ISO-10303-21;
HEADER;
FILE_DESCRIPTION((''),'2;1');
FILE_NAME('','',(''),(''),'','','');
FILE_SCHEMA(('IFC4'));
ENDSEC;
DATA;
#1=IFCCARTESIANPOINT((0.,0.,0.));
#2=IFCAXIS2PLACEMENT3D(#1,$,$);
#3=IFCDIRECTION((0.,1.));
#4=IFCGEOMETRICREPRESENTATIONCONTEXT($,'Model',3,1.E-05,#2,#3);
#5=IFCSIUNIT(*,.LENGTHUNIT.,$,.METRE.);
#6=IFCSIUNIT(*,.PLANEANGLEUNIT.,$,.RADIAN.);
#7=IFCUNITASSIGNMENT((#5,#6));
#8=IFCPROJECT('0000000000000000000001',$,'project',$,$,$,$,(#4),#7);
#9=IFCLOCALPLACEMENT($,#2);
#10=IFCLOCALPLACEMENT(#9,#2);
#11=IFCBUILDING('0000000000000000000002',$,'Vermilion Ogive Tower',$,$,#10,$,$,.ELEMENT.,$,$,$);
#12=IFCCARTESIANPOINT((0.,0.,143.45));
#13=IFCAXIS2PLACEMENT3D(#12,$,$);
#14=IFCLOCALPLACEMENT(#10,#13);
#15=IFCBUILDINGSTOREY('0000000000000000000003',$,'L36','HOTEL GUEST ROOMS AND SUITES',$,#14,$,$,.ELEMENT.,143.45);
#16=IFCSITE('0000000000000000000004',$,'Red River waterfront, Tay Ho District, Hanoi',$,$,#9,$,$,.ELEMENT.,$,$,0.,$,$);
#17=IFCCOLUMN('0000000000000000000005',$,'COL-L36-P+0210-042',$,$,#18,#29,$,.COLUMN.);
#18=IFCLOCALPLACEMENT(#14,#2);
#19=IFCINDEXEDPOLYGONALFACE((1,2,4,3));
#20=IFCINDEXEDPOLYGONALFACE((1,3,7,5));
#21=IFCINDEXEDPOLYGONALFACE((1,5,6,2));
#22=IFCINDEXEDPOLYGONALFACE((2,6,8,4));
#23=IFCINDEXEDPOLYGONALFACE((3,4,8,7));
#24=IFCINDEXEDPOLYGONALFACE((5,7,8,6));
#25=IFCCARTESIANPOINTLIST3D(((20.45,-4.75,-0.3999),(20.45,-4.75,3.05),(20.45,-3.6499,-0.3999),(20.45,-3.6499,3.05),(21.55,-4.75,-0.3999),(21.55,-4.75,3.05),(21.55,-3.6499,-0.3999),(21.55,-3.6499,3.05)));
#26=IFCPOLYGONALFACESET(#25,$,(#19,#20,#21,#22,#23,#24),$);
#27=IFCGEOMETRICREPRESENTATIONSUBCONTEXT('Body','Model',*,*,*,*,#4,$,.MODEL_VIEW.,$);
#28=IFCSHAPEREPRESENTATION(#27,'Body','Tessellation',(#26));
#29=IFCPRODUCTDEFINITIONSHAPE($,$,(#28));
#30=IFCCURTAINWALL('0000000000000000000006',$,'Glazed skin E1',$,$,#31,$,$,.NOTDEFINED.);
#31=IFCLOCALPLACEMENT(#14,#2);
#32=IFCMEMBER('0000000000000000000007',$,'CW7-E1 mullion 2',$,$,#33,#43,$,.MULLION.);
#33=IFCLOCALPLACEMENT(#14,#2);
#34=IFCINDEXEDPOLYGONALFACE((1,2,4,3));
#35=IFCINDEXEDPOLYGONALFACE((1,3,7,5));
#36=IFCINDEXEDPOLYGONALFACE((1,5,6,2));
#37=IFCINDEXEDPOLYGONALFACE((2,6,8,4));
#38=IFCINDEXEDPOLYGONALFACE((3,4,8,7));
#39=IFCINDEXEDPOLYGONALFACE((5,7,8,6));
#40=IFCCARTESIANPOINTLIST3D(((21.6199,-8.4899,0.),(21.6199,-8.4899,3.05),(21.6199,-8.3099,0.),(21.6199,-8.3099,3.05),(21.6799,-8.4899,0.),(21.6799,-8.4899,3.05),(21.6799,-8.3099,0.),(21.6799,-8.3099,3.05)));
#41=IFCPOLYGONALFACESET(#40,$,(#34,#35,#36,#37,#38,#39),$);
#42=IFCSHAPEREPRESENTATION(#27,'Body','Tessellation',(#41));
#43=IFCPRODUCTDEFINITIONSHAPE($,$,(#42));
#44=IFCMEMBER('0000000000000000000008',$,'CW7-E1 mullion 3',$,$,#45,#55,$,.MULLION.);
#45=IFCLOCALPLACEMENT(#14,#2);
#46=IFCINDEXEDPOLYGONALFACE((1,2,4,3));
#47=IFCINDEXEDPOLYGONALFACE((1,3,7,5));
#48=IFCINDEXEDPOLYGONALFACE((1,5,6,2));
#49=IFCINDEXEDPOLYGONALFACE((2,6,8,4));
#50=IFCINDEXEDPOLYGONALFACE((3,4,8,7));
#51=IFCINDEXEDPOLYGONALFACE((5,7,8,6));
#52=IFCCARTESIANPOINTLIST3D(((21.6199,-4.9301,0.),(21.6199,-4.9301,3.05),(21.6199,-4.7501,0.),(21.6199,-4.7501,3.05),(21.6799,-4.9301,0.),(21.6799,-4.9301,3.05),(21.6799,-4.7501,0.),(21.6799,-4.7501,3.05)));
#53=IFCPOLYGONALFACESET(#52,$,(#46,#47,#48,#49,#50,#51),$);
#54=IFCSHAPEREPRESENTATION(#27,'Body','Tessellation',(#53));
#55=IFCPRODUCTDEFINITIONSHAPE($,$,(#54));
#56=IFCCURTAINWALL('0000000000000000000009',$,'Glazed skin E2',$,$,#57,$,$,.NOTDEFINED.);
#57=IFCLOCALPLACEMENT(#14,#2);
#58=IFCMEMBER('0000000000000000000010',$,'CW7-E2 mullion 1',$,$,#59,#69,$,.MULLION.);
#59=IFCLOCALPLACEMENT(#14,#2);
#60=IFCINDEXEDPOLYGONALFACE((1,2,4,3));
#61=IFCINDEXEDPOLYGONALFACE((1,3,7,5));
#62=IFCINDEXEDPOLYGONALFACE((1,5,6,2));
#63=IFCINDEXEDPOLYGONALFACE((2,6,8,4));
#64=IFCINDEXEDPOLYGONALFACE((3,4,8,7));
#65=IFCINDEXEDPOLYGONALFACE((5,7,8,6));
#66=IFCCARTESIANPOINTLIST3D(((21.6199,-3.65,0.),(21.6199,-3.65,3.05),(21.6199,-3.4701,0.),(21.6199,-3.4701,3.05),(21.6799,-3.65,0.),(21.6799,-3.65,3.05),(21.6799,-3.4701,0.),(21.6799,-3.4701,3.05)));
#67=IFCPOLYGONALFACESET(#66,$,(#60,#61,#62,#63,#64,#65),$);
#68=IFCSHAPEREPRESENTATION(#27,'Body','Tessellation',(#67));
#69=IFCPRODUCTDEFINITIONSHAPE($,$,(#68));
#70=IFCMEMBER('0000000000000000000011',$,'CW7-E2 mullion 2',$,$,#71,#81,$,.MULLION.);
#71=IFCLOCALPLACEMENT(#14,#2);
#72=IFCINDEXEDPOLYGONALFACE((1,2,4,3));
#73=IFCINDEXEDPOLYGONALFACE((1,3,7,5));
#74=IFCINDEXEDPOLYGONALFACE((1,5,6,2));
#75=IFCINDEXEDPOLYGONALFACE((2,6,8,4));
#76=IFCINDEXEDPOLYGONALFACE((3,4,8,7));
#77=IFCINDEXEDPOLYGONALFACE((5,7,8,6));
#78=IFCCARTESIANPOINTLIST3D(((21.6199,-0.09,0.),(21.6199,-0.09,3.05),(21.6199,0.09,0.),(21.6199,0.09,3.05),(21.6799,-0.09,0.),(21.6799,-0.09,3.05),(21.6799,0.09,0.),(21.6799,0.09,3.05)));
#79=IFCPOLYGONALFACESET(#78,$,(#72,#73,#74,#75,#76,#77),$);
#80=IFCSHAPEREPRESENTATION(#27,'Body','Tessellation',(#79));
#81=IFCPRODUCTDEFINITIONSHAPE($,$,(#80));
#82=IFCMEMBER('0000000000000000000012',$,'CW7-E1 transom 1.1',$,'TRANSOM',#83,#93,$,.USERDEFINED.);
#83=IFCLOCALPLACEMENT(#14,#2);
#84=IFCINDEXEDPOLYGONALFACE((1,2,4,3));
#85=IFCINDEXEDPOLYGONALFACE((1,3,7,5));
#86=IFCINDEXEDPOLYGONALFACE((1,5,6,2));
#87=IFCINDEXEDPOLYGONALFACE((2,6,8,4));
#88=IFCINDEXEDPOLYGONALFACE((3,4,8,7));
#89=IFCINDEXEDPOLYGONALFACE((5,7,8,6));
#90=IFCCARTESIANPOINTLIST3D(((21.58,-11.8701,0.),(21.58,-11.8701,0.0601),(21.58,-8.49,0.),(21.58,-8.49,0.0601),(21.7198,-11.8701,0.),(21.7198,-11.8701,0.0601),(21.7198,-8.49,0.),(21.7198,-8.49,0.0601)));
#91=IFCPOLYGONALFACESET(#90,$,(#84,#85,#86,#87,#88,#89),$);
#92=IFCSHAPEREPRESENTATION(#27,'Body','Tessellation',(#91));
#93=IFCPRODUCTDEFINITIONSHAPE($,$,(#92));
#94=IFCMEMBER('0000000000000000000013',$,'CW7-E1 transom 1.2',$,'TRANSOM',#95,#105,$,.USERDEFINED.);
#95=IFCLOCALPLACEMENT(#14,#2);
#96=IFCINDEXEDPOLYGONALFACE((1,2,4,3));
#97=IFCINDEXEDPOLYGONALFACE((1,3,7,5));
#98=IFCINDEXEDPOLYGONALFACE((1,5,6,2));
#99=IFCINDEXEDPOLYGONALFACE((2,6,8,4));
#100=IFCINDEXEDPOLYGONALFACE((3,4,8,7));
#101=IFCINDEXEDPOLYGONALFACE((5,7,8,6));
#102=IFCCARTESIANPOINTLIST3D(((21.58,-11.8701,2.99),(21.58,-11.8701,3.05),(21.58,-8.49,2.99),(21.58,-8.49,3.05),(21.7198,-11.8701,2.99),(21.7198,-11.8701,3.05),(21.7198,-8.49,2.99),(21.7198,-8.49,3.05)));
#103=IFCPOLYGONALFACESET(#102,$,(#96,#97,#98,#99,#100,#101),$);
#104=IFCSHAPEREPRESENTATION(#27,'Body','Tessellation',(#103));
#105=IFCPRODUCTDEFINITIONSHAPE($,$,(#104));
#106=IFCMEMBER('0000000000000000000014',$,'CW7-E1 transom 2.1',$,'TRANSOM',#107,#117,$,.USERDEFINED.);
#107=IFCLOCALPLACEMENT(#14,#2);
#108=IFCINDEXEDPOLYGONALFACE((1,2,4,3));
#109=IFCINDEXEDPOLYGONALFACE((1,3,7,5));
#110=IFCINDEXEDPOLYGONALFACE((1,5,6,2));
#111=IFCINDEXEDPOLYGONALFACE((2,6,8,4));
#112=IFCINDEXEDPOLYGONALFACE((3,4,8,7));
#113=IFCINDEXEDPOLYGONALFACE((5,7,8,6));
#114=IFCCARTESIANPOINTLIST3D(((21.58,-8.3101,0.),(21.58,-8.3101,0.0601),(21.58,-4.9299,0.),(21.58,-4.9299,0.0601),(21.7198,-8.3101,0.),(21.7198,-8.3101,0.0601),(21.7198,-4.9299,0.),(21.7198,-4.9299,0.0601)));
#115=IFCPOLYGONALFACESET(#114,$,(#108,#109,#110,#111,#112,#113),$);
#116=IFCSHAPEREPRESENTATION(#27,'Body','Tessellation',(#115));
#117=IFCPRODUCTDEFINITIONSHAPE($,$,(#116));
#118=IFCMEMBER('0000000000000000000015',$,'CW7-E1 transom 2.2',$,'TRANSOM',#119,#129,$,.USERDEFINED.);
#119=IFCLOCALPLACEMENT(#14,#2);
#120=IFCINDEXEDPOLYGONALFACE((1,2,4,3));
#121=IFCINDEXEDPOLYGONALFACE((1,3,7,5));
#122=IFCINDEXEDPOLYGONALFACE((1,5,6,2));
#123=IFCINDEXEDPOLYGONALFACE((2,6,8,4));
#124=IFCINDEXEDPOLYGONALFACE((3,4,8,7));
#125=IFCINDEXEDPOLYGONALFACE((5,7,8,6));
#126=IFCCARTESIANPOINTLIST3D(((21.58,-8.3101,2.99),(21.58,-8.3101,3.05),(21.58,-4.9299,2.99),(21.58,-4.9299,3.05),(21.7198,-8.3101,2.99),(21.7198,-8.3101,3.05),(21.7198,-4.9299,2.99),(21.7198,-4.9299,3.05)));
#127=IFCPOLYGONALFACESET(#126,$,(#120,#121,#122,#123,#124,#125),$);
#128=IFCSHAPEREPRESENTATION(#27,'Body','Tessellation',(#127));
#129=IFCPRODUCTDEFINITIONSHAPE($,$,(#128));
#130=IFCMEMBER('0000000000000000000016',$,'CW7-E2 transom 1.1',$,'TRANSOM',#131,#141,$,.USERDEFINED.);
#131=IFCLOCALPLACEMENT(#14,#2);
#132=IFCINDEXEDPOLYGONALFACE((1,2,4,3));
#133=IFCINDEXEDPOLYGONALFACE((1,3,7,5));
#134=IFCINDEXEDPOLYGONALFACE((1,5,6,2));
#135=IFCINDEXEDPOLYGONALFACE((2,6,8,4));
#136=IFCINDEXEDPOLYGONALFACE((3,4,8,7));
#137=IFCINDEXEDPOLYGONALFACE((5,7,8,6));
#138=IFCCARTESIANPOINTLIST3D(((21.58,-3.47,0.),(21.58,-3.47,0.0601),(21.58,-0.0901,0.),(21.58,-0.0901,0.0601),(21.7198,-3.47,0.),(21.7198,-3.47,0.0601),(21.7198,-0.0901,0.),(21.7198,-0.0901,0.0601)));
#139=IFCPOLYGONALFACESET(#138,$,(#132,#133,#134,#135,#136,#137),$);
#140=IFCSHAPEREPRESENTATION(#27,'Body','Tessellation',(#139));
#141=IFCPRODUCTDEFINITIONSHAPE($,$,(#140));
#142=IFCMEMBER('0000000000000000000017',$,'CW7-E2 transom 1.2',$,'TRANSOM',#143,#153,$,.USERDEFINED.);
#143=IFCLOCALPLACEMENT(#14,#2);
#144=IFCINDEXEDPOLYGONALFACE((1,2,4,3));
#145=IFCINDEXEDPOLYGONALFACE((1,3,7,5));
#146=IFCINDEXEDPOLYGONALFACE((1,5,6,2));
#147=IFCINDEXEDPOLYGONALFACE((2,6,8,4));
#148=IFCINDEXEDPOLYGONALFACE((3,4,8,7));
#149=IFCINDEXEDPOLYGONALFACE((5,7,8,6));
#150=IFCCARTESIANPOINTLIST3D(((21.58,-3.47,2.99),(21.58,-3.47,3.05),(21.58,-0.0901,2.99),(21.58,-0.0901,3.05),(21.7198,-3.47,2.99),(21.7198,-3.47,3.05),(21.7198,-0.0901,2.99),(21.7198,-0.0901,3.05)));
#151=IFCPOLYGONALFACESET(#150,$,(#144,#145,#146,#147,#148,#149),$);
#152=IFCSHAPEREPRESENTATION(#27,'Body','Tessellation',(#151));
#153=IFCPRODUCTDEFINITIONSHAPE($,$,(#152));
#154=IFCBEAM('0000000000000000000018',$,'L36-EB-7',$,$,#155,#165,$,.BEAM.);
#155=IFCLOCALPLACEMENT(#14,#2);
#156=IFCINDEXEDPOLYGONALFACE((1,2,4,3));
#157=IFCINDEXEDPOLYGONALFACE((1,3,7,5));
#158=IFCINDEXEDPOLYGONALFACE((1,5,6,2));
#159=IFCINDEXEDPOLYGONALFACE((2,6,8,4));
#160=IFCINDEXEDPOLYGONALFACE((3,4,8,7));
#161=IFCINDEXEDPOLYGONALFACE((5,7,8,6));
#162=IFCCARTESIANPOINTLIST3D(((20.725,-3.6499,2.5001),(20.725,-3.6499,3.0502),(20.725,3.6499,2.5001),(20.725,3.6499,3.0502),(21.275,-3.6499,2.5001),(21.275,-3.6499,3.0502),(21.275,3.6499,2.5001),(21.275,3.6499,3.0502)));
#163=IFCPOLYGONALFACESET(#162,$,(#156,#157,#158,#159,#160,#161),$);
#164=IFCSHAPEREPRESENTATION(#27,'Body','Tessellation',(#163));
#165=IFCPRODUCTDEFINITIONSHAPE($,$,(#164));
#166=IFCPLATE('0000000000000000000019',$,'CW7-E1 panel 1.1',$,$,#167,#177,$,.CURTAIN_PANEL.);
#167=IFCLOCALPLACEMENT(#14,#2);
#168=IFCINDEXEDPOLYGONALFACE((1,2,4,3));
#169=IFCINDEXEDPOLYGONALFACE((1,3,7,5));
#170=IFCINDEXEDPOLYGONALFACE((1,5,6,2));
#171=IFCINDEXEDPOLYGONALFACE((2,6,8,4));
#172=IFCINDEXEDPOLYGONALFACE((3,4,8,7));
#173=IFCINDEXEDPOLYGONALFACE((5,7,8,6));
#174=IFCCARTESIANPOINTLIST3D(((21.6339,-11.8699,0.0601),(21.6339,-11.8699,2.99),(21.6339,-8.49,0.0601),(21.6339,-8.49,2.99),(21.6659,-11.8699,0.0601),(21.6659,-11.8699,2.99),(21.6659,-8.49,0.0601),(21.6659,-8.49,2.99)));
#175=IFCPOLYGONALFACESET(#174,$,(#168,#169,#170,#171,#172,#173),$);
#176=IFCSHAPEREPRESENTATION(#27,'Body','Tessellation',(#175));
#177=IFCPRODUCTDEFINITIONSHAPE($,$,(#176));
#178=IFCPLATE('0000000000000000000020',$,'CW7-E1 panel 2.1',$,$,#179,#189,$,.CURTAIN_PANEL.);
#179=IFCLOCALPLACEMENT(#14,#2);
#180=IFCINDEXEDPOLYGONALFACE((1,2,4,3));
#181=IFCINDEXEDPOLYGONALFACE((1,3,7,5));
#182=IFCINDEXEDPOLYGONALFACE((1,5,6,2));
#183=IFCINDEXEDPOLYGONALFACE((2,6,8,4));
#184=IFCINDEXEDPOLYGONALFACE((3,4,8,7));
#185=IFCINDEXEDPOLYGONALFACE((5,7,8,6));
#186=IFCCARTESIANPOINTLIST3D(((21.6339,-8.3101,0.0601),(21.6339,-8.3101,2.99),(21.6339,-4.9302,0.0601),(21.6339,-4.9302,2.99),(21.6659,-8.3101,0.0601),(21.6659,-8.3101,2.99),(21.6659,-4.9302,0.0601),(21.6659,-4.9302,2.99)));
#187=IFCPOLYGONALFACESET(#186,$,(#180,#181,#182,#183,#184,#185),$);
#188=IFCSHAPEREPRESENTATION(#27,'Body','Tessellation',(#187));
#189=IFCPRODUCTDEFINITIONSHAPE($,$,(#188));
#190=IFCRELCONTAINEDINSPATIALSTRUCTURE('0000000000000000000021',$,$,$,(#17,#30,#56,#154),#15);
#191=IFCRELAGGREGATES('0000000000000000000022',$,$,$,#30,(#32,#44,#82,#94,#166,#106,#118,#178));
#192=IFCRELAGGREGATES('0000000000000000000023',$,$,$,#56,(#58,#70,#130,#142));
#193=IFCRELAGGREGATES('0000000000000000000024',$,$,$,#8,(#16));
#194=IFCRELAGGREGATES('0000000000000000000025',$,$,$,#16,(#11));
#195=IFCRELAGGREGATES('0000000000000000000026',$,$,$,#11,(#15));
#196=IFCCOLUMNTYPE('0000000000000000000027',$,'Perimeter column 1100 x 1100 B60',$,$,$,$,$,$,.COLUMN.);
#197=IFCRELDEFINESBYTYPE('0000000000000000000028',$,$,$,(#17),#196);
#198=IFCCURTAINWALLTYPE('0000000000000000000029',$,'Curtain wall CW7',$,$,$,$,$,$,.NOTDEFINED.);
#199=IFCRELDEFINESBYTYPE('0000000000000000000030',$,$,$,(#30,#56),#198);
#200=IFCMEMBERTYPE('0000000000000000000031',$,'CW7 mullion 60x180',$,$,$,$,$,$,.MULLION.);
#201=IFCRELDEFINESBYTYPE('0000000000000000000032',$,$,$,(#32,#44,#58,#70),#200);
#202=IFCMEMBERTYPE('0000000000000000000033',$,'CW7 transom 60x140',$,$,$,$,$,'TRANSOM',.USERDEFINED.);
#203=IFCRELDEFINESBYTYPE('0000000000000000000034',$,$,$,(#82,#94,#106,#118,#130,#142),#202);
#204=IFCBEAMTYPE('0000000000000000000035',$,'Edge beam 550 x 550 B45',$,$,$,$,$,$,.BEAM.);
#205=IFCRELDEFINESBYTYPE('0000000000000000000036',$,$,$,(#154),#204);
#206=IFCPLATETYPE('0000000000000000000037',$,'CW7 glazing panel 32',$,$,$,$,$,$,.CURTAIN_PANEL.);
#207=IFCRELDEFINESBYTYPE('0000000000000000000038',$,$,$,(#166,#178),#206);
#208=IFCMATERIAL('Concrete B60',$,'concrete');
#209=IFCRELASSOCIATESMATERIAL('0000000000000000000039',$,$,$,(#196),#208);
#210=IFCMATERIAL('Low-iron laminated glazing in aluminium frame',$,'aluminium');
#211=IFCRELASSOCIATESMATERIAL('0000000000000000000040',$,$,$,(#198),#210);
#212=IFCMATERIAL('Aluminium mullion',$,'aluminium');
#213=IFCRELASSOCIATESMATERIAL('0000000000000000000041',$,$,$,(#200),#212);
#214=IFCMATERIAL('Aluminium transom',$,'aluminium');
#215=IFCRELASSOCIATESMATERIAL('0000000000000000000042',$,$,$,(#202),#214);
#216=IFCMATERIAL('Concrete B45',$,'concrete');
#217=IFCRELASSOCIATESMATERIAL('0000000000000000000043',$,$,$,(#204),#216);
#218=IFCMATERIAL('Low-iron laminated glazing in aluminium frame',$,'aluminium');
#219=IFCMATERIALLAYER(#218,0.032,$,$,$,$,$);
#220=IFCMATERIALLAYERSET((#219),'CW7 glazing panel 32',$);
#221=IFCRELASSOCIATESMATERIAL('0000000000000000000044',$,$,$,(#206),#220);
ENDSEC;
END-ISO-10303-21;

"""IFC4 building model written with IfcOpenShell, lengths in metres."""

from ifc_helpers import new_model, si_unit, direction, frame, origin, origin_2d, place, context, subcontext, project, spatial, rectangle, extrude, material, layer, layer_set, material_profile, profile_set, type_object, element, aggregate, save


model = new_model("IFC4")

# Units and contexts
model_context = context("Model", 3, precision=1e-05, world=origin(), true_north=direction((0.0, 1.0)))
body_context = subcontext(model_context, "Body", "Model", "MODEL_VIEW")
ifc_project = project(units=[si_unit("LENGTHUNIT", "METRE"), si_unit("PLANEANGLEUNIT", "RADIAN")], contexts=[model_context])

# Site, building, storey
site_placement = place(None, origin())
site = spatial("IfcSite", under=ifc_project, at=site_placement, Name="Red River waterfront, Tay Ho District, Hanoi", CompositionType="ELEMENT", RefElevation=0.0)
building_placement = place(site_placement, origin())
building = spatial("IfcBuilding", under=site, at=building_placement, Name="Vermilion Ogive Tower", CompositionType="ELEMENT")
storey_placement = place(building_placement, frame((0.0, 0.0, 143.45)))
storey = spatial("IfcBuildingStorey", under=building, at=storey_placement, Name="L36", Description="HOTEL GUEST ROOMS AND SUITES", CompositionType="ELEMENT", Elevation=143.45)

# Column
ifc_material_1 = material(Name="Concrete B60", Category="concrete")
ifc_material_profile_1 = material_profile(ifc_material_1, rectangle(XDim=1.1001, YDim=1.1001, at=origin_2d()), Name="1100 x 1100")
ifc_profile_set_1 = profile_set([ifc_material_profile_1], Name="Concrete B60")
column_type = type_object("IfcColumnType", Name="Perimeter column 1100 x 1100 B60", PredefinedType="COLUMN", material=ifc_profile_set_1)
column_placement = place(storey_placement, frame((21.0, -4.2, -0.3999), z_axis=(0.0, 0.0, 1.0), x_axis=(1.0, 0.0, 0.0)))
element("IfcColumn", 1, at=column_placement, inside=storey, type_object=column_type, Name="COL-L36-P+0210-042", PredefinedType="COLUMN", context=body_context, shape_type="SweptSolid", body=[
    extrude(rectangle(XDim=1.1001, YDim=1.1001, at=origin_2d()), origin(), (0.0, 0.0, 1.0), 3.45),
])

# Curtain walls, members
ifc_material_2 = material(Name="Low-iron laminated glazing in aluminium frame", Category="aluminium")
curtain_wall_type = type_object("IfcCurtainWallType", Name="Curtain wall CW7", PredefinedType="NOTDEFINED", material=ifc_material_2)
curtain_wall_1_placement = place(storey_placement, origin())
curtain_wall_1 = element("IfcCurtainWall", 2, at=curtain_wall_1_placement, inside=storey, type_object=curtain_wall_type, Name="Glazed skin E1", PredefinedType="NOTDEFINED")
ifc_material_3 = material(Name="Aluminium mullion", Category="aluminium")
ifc_material_profile_2 = material_profile(ifc_material_3, rectangle(XDim=0.0601, YDim=0.1799, at=origin_2d()), Name="AL 60x180")
ifc_profile_set_2 = profile_set([ifc_material_profile_2], Name="Aluminium mullion")
member_type_1 = type_object("IfcMemberType", Name="CW7 mullion 60x180", PredefinedType="MULLION", material=ifc_profile_set_2)
member_1_placement = place(storey_placement, frame((21.6499, -8.3999, 0.0), z_axis=(0.0, 0.0, 1.0), x_axis=(-1.0, 0.0, 0.0)))
member_1 = element("IfcMember", 3, at=member_1_placement, type_object=member_type_1, Name="CW7-E1 mullion 2", PredefinedType="MULLION", context=body_context, shape_type="SweptSolid", body=[
    extrude(rectangle(XDim=0.0601, YDim=0.1799, at=origin_2d()), origin(), (0.0, 0.0, 1.0), 3.05),
])
member_2_placement = place(storey_placement, frame((21.6499, -4.8401, 0.0), z_axis=(0.0, 0.0, 1.0), x_axis=(-1.0, 0.0, 0.0)))
member_2 = element("IfcMember", 4, at=member_2_placement, type_object=member_type_1, Name="CW7-E1 mullion 3", PredefinedType="MULLION", context=body_context, shape_type="SweptSolid", body=[
    extrude(rectangle(XDim=0.0601, YDim=0.1799, at=origin_2d()), origin(), (0.0, 0.0, 1.0), 3.05),
])
curtain_wall_2_placement = place(storey_placement, origin())
curtain_wall_2 = element("IfcCurtainWall", 5, at=curtain_wall_2_placement, inside=storey, type_object=curtain_wall_type, Name="Glazed skin E2", PredefinedType="NOTDEFINED")
member_3_placement = place(storey_placement, frame((21.6499, -3.5601, 0.0), z_axis=(0.0, 0.0, 1.0), x_axis=(-1.0, 0.0, 0.0)))
member_3 = element("IfcMember", 6, at=member_3_placement, type_object=member_type_1, Name="CW7-E2 mullion 1", PredefinedType="MULLION", context=body_context, shape_type="SweptSolid", body=[
    extrude(rectangle(XDim=0.0601, YDim=0.1799, at=origin_2d()), origin(), (0.0, 0.0, 1.0), 3.05),
])
member_4_placement = place(storey_placement, frame((21.6499, 0.0, 0.0), z_axis=(0.0, 0.0, 1.0), x_axis=(-1.0, 0.0, 0.0)))
member_4 = element("IfcMember", 7, at=member_4_placement, type_object=member_type_1, Name="CW7-E2 mullion 2", PredefinedType="MULLION", context=body_context, shape_type="SweptSolid", body=[
    extrude(rectangle(XDim=0.0601, YDim=0.1799, at=origin_2d()), origin(), (0.0, 0.0, 1.0), 3.05),
])

# Members
ifc_material_4 = material(Name="Aluminium transom", Category="aluminium")
ifc_material_profile_3 = material_profile(ifc_material_4, rectangle(XDim=0.1399, YDim=0.0601, at=origin_2d()), Name="AL 60x140")
ifc_profile_set_3 = profile_set([ifc_material_profile_3], Name="Aluminium transom")
member_type_2 = type_object("IfcMemberType", Name="CW7 transom 60x140", ElementType="TRANSOM", PredefinedType="USERDEFINED", material=ifc_profile_set_3)
member_5_placement = place(storey_placement, frame((21.6499, -11.8701, 0.03), z_axis=(0.0, 1.0, 0.0), x_axis=(-1.0, 0.0, 0.0)))
member_5 = element("IfcMember", 8, at=member_5_placement, type_object=member_type_2, Name="CW7-E1 transom 1.1", ObjectType="TRANSOM", PredefinedType="USERDEFINED", context=body_context, shape_type="SweptSolid", body=[
    extrude(rectangle(XDim=0.1399, YDim=0.0601, at=origin_2d()), origin(), (0.0, 0.0, 1.0), 3.3801),
])
member_6_placement = place(storey_placement, frame((21.6499, -11.8701, 3.02), z_axis=(0.0, 1.0, 0.0), x_axis=(-1.0, 0.0, 0.0)))
member_6 = element("IfcMember", 9, at=member_6_placement, type_object=member_type_2, Name="CW7-E1 transom 1.2", ObjectType="TRANSOM", PredefinedType="USERDEFINED", context=body_context, shape_type="SweptSolid", body=[
    extrude(rectangle(XDim=0.1399, YDim=0.0601, at=origin_2d()), origin(), (0.0, 0.0, 1.0), 3.3801),
])
member_7_placement = place(storey_placement, frame((21.6499, -8.3101, 0.03), z_axis=(0.0, 1.0, 0.0), x_axis=(-1.0, 0.0, 0.0)))
member_7 = element("IfcMember", 10, at=member_7_placement, type_object=member_type_2, Name="CW7-E1 transom 2.1", ObjectType="TRANSOM", PredefinedType="USERDEFINED", context=body_context, shape_type="SweptSolid", body=[
    extrude(rectangle(XDim=0.1399, YDim=0.0601, at=origin_2d()), origin(), (0.0, 0.0, 1.0), 3.3801),
])
member_8_placement = place(storey_placement, frame((21.6499, -8.3101, 3.02), z_axis=(0.0, 1.0, 0.0), x_axis=(-1.0, 0.0, 0.0)))
member_8 = element("IfcMember", 11, at=member_8_placement, type_object=member_type_2, Name="CW7-E1 transom 2.2", ObjectType="TRANSOM", PredefinedType="USERDEFINED", context=body_context, shape_type="SweptSolid", body=[
    extrude(rectangle(XDim=0.1399, YDim=0.0601, at=origin_2d()), origin(), (0.0, 0.0, 1.0), 3.3801),
])
member_9_placement = place(storey_placement, frame((21.6499, -3.47, 0.03), z_axis=(0.0, 1.0, 0.0), x_axis=(-1.0, 0.0, 0.0)))
member_9 = element("IfcMember", 12, at=member_9_placement, type_object=member_type_2, Name="CW7-E2 transom 1.1", ObjectType="TRANSOM", PredefinedType="USERDEFINED", context=body_context, shape_type="SweptSolid", body=[
    extrude(rectangle(XDim=0.1399, YDim=0.0601, at=origin_2d()), origin(), (0.0, 0.0, 1.0), 3.3799),
])
member_10_placement = place(storey_placement, frame((21.6499, -3.47, 3.02), z_axis=(0.0, 1.0, 0.0), x_axis=(-1.0, 0.0, 0.0)))
member_10 = element("IfcMember", 13, at=member_10_placement, type_object=member_type_2, Name="CW7-E2 transom 1.2", ObjectType="TRANSOM", PredefinedType="USERDEFINED", context=body_context, shape_type="SweptSolid", body=[
    extrude(rectangle(XDim=0.1399, YDim=0.0601, at=origin_2d()), origin(), (0.0, 0.0, 1.0), 3.3799),
])

# Beam
ifc_material_5 = material(Name="Concrete B45", Category="concrete")
ifc_material_profile_4 = material_profile(ifc_material_5, rectangle(XDim=0.55, YDim=0.55, at=origin_2d()), Name="550 x 550")
ifc_profile_set_4 = profile_set([ifc_material_profile_4], Name="Concrete B45")
beam_type = type_object("IfcBeamType", Name="Edge beam 550 x 550 B45", PredefinedType="BEAM", material=ifc_profile_set_4)
beam_placement = place(storey_placement, frame((21.0, -3.6499, 2.7751), z_axis=(0.0, 1.0, 0.0), x_axis=(-1.0, 0.0, 0.0)))
element("IfcBeam", 14, at=beam_placement, inside=storey, type_object=beam_type, Name="L36-EB-7", PredefinedType="BEAM", context=body_context, shape_type="SweptSolid", body=[
    extrude(rectangle(XDim=0.55, YDim=0.55, at=origin_2d()), origin(), (0.0, 0.0, 1.0), 7.2998),
])

# Plates
ifc_material_6 = material(Name="Low-iron laminated glazing in aluminium frame", Category="aluminium")
ifc_layer_1 = layer(ifc_material_6, 0.032)
ifc_layer_set_1 = layer_set([ifc_layer_1], Name="CW7 glazing panel 32")
plate_type = type_object("IfcPlateType", Name="CW7 glazing panel 32", PredefinedType="CURTAIN_PANEL", material=ifc_layer_set_1)
plate_1_placement = place(storey_placement, frame((21.6499, -10.1799, 0.0601), z_axis=(0.0, 0.0, 1.0), x_axis=(0.0, 1.0, 0.0)))
plate_1 = element("IfcPlate", 15, at=plate_1_placement, type_object=plate_type, Name="CW7-E1 panel 1.1", PredefinedType="CURTAIN_PANEL", context=body_context, shape_type="SweptSolid", body=[
    extrude(rectangle(XDim=3.3799, YDim=0.032, at=origin_2d()), origin(), (0.0, 0.0, 1.0), 2.9299),
])
plate_2_placement = place(storey_placement, frame((21.6499, -6.6201, 0.0601), z_axis=(0.0, 0.0, 1.0), x_axis=(0.0, 1.0, 0.0)))
plate_2 = element("IfcPlate", 16, at=plate_2_placement, type_object=plate_type, Name="CW7-E1 panel 2.1", PredefinedType="CURTAIN_PANEL", context=body_context, shape_type="SweptSolid", body=[
    extrude(rectangle(XDim=3.3799, YDim=0.032, at=origin_2d()), origin(), (0.0, 0.0, 1.0), 2.9299),
])
aggregate(curtain_wall_1, [member_1, member_2, member_5, member_6, plate_1, member_7, member_8, plate_2])
aggregate(curtain_wall_2, [member_3, member_4, member_9, member_10])

save(model, "model.ifc")
